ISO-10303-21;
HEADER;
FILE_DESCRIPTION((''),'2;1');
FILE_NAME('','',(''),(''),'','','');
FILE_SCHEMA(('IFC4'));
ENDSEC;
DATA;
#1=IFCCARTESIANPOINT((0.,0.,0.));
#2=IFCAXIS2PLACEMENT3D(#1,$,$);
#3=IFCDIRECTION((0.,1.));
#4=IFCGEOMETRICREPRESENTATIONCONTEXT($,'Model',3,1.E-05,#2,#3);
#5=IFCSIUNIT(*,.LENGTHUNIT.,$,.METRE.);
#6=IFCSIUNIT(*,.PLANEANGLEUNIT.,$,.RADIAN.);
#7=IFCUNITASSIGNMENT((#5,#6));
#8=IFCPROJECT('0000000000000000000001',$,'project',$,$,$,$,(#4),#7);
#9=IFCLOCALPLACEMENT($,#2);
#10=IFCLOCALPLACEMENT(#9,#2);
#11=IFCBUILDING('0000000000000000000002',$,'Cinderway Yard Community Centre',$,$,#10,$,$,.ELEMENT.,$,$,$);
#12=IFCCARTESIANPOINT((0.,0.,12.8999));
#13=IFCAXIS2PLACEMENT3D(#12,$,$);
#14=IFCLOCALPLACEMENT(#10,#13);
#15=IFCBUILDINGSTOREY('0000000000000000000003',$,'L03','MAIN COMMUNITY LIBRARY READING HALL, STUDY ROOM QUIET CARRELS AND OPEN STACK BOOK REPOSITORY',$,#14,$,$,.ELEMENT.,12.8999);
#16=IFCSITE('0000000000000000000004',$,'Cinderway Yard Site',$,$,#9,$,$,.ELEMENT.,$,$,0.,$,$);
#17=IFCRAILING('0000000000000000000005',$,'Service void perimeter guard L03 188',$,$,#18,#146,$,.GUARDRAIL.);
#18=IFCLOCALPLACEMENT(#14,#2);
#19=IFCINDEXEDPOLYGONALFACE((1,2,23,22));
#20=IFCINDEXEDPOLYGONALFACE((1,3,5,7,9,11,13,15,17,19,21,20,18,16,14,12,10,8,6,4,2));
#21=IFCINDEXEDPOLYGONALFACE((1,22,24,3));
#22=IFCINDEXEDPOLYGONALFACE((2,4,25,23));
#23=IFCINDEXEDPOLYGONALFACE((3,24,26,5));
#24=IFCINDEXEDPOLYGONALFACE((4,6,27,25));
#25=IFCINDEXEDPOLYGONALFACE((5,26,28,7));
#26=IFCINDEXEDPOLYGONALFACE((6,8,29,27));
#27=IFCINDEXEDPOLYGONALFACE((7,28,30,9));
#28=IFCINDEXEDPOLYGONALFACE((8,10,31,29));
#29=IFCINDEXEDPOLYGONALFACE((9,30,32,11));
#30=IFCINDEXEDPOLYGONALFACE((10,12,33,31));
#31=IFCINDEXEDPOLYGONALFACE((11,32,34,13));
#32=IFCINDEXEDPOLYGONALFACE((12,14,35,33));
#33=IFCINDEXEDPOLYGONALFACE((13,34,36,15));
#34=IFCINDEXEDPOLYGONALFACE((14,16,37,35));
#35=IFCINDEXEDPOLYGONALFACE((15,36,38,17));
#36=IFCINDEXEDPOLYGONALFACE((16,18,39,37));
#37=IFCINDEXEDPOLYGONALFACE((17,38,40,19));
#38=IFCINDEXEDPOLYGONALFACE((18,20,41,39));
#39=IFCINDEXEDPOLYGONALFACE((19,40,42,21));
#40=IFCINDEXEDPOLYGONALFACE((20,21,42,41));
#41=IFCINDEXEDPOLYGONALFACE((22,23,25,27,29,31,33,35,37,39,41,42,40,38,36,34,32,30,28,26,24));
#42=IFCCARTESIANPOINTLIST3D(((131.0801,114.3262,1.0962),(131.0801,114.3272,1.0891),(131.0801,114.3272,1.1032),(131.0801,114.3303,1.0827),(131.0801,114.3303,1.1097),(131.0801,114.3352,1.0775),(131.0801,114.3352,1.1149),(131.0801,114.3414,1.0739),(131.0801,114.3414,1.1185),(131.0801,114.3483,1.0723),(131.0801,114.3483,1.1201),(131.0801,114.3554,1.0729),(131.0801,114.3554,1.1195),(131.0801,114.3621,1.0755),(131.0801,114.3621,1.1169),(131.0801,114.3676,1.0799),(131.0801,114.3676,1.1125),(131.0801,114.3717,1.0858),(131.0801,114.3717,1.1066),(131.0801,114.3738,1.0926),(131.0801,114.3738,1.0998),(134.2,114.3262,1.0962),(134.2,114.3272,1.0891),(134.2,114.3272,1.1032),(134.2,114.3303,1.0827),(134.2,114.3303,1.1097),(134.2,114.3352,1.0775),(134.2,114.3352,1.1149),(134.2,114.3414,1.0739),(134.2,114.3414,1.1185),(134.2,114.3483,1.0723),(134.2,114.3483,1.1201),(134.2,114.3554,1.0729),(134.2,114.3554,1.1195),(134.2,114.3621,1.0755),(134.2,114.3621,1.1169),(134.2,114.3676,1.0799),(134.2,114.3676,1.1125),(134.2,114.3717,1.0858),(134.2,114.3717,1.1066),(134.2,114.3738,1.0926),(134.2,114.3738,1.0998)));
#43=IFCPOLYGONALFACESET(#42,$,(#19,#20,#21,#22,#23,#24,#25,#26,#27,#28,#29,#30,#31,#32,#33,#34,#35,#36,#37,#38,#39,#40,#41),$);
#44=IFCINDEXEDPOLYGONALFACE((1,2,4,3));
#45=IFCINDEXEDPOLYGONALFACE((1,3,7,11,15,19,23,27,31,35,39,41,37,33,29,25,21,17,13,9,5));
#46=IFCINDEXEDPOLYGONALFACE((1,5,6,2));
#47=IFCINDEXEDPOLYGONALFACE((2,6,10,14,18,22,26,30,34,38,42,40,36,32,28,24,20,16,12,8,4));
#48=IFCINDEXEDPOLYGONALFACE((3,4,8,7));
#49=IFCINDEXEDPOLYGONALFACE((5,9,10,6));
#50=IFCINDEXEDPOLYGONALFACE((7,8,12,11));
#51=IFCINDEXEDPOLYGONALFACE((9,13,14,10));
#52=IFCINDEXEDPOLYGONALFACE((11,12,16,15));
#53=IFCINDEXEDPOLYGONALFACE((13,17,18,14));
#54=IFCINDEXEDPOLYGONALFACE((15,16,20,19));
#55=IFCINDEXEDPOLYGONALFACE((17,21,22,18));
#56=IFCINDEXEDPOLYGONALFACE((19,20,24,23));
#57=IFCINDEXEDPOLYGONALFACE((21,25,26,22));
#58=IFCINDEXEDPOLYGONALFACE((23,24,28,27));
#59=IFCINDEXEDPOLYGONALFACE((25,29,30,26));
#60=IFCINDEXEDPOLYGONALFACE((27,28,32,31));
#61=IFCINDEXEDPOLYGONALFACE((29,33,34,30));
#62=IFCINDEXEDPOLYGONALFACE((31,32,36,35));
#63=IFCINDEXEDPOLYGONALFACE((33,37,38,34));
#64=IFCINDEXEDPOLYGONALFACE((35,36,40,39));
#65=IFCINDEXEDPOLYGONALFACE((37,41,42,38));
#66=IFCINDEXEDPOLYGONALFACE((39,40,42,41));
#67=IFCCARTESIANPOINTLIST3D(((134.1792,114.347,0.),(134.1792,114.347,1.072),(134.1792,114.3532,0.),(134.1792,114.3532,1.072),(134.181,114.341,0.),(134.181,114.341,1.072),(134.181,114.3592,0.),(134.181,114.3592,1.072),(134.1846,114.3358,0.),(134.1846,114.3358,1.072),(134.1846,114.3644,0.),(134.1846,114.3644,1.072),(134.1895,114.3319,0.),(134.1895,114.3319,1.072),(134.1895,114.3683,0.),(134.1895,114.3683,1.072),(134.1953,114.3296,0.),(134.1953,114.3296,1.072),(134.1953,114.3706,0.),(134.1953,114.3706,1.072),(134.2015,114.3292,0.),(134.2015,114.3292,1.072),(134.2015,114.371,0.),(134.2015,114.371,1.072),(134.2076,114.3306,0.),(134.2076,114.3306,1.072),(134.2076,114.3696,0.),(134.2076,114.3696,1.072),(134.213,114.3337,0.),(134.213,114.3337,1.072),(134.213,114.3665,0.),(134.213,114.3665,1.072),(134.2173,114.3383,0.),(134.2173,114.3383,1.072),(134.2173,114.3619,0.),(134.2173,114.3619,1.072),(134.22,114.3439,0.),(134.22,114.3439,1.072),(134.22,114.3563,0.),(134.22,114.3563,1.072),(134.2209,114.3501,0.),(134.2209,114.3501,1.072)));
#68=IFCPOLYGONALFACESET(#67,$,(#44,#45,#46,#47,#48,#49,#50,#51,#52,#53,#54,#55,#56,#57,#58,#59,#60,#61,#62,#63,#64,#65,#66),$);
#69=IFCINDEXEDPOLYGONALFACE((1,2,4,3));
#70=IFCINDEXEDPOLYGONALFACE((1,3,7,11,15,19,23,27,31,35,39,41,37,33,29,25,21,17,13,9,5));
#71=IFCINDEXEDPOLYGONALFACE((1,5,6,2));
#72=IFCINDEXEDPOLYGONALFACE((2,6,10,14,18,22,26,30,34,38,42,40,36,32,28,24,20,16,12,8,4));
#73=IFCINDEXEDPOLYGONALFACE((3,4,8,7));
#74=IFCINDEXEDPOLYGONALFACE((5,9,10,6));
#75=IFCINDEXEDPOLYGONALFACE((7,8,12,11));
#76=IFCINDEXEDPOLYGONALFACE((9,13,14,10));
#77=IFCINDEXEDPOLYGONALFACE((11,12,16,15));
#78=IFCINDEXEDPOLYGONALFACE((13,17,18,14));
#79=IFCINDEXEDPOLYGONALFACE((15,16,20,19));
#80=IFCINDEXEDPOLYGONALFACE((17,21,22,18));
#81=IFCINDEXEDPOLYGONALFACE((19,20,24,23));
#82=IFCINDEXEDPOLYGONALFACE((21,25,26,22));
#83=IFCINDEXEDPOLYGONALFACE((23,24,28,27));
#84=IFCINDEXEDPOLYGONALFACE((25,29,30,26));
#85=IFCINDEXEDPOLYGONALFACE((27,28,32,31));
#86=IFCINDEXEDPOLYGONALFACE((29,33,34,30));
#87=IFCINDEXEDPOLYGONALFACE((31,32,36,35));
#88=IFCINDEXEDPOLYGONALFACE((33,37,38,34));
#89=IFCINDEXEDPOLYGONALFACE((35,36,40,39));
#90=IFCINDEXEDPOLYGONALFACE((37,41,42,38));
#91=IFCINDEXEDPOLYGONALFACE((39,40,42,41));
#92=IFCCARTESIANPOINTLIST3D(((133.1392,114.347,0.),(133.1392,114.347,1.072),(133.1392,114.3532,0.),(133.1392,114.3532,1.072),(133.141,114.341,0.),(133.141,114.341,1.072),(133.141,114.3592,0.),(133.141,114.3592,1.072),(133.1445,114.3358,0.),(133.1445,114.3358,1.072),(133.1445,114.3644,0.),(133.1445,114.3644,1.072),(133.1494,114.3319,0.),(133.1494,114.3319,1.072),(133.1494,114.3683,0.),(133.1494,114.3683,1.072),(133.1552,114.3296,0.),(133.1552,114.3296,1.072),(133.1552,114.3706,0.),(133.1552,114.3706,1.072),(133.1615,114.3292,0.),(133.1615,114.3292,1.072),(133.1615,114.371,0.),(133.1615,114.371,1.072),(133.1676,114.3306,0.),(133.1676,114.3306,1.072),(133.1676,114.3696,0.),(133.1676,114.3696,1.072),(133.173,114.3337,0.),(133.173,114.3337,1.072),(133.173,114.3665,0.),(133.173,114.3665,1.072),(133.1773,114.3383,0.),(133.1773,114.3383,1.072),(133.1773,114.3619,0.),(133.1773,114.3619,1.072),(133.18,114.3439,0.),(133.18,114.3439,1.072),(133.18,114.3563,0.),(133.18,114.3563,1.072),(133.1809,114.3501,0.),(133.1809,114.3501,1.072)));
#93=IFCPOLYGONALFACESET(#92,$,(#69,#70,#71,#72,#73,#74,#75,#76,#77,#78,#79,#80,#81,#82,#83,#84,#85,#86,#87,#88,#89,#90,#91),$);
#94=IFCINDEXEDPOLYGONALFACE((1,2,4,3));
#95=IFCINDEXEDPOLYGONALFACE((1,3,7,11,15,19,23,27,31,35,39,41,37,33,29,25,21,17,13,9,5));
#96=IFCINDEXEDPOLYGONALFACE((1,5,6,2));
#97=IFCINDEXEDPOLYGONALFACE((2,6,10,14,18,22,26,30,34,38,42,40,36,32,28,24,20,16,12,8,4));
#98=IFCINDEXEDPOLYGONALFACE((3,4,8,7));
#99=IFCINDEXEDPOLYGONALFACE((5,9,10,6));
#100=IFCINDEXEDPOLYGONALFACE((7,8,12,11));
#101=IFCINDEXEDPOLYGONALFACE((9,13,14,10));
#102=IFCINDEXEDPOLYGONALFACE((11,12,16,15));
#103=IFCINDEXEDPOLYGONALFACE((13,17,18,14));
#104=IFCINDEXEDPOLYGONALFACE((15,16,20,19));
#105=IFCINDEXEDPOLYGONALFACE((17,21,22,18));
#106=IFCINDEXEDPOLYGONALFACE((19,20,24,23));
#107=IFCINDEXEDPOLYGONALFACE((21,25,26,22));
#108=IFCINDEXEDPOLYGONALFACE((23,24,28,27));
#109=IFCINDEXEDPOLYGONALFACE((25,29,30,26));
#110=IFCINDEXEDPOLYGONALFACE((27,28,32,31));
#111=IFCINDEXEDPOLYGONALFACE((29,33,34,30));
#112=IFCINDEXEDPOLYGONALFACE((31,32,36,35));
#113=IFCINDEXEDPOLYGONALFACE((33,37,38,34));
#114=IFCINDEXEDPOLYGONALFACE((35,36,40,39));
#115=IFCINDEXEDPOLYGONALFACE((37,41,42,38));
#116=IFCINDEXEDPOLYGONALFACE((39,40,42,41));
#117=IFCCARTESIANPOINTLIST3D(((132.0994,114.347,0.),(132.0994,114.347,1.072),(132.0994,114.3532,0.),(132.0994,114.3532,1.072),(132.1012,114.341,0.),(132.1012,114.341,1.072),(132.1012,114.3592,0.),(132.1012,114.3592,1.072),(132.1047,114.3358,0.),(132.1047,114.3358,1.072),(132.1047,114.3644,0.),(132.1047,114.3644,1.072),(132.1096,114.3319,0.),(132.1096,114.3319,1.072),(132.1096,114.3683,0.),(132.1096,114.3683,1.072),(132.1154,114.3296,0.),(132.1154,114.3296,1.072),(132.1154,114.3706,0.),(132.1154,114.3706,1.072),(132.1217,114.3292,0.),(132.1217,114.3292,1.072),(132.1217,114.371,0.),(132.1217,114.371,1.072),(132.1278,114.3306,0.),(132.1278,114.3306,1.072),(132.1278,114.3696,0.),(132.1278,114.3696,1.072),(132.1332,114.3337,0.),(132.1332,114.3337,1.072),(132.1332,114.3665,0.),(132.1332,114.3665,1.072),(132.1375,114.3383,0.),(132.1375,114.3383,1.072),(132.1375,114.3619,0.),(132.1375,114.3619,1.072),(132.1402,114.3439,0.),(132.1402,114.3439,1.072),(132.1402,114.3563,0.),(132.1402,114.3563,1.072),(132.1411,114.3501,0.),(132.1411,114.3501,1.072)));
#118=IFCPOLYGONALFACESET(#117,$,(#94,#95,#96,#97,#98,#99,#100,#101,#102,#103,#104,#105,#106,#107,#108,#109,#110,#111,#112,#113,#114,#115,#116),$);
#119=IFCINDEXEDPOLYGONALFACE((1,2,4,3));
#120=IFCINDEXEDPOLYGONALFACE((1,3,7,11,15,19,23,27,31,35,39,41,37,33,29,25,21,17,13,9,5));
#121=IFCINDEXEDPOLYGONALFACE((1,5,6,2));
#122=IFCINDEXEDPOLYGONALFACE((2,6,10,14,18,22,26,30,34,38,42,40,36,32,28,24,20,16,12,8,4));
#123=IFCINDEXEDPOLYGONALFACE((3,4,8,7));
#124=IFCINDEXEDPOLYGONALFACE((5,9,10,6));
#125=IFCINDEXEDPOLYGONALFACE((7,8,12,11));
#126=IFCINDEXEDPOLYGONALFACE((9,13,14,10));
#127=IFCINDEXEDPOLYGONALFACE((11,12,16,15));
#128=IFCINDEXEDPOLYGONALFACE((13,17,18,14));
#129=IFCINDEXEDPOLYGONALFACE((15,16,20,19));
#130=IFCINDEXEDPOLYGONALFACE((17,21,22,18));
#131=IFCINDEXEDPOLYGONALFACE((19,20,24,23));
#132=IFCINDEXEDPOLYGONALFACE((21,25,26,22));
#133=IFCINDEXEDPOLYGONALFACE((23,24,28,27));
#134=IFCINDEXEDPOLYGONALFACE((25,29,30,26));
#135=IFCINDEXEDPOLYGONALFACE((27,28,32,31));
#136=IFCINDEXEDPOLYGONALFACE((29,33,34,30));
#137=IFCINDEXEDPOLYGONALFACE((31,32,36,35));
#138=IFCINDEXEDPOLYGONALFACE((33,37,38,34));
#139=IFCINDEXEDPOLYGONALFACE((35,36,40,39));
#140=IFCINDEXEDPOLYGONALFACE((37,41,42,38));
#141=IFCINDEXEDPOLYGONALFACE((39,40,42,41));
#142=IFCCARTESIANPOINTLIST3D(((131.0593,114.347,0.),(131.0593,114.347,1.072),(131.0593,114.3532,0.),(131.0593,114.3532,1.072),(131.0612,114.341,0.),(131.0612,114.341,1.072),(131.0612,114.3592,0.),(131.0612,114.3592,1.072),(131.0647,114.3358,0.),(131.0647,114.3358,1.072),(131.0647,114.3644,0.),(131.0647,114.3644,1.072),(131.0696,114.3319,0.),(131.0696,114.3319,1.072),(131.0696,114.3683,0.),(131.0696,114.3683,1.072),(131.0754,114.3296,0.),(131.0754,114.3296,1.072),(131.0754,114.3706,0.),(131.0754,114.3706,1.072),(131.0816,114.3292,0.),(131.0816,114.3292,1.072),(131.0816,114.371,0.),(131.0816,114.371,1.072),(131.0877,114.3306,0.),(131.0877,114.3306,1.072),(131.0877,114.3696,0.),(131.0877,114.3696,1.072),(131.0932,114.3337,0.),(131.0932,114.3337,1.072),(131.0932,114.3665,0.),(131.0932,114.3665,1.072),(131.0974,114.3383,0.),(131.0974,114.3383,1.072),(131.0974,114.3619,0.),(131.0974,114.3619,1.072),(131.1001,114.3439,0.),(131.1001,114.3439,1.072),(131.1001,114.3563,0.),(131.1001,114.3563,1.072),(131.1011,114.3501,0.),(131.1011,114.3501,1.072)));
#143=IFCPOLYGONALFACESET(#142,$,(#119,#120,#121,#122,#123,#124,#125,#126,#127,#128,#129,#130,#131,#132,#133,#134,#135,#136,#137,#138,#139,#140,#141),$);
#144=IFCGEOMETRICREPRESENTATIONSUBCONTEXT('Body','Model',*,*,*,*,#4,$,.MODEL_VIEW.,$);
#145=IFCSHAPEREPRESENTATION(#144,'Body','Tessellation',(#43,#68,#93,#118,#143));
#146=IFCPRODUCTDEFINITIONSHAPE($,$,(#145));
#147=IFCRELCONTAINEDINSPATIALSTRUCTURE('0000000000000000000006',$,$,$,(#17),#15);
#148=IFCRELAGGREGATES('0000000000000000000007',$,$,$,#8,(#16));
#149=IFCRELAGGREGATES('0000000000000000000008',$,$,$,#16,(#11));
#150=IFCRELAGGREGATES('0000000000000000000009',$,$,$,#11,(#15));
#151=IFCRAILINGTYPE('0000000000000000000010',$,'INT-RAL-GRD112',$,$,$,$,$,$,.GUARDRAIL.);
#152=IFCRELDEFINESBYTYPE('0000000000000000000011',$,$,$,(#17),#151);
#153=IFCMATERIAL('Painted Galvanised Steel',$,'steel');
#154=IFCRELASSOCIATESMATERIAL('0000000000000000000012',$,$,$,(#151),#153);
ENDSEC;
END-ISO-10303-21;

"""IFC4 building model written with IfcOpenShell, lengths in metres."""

from ifc_helpers import new_model, si_unit, direction, frame, origin, origin_2d, place, context, subcontext, project, spatial, circle, extrude, material, type_object, element, save


model = new_model("IFC4")

# Units and contexts
model_context = context("Model", 3, precision=1e-05, world=origin(), true_north=direction((0.0, 1.0)))
body_context = subcontext(model_context, "Body", "Model", "MODEL_VIEW")
ifc_project = project(units=[si_unit("LENGTHUNIT", "METRE"), si_unit("PLANEANGLEUNIT", "RADIAN")], contexts=[model_context])

# Site, building, storey
site_placement = place(None, origin())
site = spatial("IfcSite", under=ifc_project, at=site_placement, Name="Cinderway Yard Site", CompositionType="ELEMENT", RefElevation=0.0)
building_placement = place(site_placement, origin())
building = spatial("IfcBuilding", under=site, at=building_placement, Name="Cinderway Yard Community Centre", CompositionType="ELEMENT")
storey_placement = place(building_placement, frame((0.0, 0.0, 12.8999)))
storey = spatial("IfcBuildingStorey", under=building, at=storey_placement, Name="L03", Description="MAIN COMMUNITY LIBRARY READING HALL, STUDY ROOM QUIET CARRELS AND OPEN STACK BOOK REPOSITORY", CompositionType="ELEMENT", Elevation=12.8999)

# Shared definitions
ifc_material_1 = material(Name="Painted Galvanised Steel", Category="steel")

# Railing
railing_type = type_object("IfcRailingType", Name="INT-RAL-GRD112", PredefinedType="GUARDRAIL", material=ifc_material_1)
railing_1_placement = place(storey_placement, frame((134.2, 114.3501, 0.0)))
element("IfcRailing", 1, at=railing_1_placement, inside=storey, type_object=railing_type, Name="Service void perimeter guard L03 188", PredefinedType="GUARDRAIL", context=body_context, shape_type="SweptSolid", body=[
    extrude(circle(Radius=0.0239, at=origin_2d()), frame((0.0, 0.0, 1.0962), z_axis=(-1.0, 0.0, 0.0), x_axis=(0.0, -1.0, 0.0)), (0.0, 0.0, 1.0), 3.1199),
    extrude(circle(Radius=0.021, at=origin_2d()), origin(), (0.0, 0.0, 1.0), 1.072),
    extrude(circle(Radius=0.021, at=origin_2d()), frame((-1.04, 0.0, 0.0)), (0.0, 0.0, 1.0), 1.072),
    extrude(circle(Radius=0.021, at=origin_2d()), frame((-2.0798, 0.0, 0.0)), (0.0, 0.0, 1.0), 1.072),
    extrude(circle(Radius=0.021, at=origin_2d()), frame((-3.1199, 0.0, 0.0)), (0.0, 0.0, 1.0), 1.072),
])

save(model, "model.ifc")
